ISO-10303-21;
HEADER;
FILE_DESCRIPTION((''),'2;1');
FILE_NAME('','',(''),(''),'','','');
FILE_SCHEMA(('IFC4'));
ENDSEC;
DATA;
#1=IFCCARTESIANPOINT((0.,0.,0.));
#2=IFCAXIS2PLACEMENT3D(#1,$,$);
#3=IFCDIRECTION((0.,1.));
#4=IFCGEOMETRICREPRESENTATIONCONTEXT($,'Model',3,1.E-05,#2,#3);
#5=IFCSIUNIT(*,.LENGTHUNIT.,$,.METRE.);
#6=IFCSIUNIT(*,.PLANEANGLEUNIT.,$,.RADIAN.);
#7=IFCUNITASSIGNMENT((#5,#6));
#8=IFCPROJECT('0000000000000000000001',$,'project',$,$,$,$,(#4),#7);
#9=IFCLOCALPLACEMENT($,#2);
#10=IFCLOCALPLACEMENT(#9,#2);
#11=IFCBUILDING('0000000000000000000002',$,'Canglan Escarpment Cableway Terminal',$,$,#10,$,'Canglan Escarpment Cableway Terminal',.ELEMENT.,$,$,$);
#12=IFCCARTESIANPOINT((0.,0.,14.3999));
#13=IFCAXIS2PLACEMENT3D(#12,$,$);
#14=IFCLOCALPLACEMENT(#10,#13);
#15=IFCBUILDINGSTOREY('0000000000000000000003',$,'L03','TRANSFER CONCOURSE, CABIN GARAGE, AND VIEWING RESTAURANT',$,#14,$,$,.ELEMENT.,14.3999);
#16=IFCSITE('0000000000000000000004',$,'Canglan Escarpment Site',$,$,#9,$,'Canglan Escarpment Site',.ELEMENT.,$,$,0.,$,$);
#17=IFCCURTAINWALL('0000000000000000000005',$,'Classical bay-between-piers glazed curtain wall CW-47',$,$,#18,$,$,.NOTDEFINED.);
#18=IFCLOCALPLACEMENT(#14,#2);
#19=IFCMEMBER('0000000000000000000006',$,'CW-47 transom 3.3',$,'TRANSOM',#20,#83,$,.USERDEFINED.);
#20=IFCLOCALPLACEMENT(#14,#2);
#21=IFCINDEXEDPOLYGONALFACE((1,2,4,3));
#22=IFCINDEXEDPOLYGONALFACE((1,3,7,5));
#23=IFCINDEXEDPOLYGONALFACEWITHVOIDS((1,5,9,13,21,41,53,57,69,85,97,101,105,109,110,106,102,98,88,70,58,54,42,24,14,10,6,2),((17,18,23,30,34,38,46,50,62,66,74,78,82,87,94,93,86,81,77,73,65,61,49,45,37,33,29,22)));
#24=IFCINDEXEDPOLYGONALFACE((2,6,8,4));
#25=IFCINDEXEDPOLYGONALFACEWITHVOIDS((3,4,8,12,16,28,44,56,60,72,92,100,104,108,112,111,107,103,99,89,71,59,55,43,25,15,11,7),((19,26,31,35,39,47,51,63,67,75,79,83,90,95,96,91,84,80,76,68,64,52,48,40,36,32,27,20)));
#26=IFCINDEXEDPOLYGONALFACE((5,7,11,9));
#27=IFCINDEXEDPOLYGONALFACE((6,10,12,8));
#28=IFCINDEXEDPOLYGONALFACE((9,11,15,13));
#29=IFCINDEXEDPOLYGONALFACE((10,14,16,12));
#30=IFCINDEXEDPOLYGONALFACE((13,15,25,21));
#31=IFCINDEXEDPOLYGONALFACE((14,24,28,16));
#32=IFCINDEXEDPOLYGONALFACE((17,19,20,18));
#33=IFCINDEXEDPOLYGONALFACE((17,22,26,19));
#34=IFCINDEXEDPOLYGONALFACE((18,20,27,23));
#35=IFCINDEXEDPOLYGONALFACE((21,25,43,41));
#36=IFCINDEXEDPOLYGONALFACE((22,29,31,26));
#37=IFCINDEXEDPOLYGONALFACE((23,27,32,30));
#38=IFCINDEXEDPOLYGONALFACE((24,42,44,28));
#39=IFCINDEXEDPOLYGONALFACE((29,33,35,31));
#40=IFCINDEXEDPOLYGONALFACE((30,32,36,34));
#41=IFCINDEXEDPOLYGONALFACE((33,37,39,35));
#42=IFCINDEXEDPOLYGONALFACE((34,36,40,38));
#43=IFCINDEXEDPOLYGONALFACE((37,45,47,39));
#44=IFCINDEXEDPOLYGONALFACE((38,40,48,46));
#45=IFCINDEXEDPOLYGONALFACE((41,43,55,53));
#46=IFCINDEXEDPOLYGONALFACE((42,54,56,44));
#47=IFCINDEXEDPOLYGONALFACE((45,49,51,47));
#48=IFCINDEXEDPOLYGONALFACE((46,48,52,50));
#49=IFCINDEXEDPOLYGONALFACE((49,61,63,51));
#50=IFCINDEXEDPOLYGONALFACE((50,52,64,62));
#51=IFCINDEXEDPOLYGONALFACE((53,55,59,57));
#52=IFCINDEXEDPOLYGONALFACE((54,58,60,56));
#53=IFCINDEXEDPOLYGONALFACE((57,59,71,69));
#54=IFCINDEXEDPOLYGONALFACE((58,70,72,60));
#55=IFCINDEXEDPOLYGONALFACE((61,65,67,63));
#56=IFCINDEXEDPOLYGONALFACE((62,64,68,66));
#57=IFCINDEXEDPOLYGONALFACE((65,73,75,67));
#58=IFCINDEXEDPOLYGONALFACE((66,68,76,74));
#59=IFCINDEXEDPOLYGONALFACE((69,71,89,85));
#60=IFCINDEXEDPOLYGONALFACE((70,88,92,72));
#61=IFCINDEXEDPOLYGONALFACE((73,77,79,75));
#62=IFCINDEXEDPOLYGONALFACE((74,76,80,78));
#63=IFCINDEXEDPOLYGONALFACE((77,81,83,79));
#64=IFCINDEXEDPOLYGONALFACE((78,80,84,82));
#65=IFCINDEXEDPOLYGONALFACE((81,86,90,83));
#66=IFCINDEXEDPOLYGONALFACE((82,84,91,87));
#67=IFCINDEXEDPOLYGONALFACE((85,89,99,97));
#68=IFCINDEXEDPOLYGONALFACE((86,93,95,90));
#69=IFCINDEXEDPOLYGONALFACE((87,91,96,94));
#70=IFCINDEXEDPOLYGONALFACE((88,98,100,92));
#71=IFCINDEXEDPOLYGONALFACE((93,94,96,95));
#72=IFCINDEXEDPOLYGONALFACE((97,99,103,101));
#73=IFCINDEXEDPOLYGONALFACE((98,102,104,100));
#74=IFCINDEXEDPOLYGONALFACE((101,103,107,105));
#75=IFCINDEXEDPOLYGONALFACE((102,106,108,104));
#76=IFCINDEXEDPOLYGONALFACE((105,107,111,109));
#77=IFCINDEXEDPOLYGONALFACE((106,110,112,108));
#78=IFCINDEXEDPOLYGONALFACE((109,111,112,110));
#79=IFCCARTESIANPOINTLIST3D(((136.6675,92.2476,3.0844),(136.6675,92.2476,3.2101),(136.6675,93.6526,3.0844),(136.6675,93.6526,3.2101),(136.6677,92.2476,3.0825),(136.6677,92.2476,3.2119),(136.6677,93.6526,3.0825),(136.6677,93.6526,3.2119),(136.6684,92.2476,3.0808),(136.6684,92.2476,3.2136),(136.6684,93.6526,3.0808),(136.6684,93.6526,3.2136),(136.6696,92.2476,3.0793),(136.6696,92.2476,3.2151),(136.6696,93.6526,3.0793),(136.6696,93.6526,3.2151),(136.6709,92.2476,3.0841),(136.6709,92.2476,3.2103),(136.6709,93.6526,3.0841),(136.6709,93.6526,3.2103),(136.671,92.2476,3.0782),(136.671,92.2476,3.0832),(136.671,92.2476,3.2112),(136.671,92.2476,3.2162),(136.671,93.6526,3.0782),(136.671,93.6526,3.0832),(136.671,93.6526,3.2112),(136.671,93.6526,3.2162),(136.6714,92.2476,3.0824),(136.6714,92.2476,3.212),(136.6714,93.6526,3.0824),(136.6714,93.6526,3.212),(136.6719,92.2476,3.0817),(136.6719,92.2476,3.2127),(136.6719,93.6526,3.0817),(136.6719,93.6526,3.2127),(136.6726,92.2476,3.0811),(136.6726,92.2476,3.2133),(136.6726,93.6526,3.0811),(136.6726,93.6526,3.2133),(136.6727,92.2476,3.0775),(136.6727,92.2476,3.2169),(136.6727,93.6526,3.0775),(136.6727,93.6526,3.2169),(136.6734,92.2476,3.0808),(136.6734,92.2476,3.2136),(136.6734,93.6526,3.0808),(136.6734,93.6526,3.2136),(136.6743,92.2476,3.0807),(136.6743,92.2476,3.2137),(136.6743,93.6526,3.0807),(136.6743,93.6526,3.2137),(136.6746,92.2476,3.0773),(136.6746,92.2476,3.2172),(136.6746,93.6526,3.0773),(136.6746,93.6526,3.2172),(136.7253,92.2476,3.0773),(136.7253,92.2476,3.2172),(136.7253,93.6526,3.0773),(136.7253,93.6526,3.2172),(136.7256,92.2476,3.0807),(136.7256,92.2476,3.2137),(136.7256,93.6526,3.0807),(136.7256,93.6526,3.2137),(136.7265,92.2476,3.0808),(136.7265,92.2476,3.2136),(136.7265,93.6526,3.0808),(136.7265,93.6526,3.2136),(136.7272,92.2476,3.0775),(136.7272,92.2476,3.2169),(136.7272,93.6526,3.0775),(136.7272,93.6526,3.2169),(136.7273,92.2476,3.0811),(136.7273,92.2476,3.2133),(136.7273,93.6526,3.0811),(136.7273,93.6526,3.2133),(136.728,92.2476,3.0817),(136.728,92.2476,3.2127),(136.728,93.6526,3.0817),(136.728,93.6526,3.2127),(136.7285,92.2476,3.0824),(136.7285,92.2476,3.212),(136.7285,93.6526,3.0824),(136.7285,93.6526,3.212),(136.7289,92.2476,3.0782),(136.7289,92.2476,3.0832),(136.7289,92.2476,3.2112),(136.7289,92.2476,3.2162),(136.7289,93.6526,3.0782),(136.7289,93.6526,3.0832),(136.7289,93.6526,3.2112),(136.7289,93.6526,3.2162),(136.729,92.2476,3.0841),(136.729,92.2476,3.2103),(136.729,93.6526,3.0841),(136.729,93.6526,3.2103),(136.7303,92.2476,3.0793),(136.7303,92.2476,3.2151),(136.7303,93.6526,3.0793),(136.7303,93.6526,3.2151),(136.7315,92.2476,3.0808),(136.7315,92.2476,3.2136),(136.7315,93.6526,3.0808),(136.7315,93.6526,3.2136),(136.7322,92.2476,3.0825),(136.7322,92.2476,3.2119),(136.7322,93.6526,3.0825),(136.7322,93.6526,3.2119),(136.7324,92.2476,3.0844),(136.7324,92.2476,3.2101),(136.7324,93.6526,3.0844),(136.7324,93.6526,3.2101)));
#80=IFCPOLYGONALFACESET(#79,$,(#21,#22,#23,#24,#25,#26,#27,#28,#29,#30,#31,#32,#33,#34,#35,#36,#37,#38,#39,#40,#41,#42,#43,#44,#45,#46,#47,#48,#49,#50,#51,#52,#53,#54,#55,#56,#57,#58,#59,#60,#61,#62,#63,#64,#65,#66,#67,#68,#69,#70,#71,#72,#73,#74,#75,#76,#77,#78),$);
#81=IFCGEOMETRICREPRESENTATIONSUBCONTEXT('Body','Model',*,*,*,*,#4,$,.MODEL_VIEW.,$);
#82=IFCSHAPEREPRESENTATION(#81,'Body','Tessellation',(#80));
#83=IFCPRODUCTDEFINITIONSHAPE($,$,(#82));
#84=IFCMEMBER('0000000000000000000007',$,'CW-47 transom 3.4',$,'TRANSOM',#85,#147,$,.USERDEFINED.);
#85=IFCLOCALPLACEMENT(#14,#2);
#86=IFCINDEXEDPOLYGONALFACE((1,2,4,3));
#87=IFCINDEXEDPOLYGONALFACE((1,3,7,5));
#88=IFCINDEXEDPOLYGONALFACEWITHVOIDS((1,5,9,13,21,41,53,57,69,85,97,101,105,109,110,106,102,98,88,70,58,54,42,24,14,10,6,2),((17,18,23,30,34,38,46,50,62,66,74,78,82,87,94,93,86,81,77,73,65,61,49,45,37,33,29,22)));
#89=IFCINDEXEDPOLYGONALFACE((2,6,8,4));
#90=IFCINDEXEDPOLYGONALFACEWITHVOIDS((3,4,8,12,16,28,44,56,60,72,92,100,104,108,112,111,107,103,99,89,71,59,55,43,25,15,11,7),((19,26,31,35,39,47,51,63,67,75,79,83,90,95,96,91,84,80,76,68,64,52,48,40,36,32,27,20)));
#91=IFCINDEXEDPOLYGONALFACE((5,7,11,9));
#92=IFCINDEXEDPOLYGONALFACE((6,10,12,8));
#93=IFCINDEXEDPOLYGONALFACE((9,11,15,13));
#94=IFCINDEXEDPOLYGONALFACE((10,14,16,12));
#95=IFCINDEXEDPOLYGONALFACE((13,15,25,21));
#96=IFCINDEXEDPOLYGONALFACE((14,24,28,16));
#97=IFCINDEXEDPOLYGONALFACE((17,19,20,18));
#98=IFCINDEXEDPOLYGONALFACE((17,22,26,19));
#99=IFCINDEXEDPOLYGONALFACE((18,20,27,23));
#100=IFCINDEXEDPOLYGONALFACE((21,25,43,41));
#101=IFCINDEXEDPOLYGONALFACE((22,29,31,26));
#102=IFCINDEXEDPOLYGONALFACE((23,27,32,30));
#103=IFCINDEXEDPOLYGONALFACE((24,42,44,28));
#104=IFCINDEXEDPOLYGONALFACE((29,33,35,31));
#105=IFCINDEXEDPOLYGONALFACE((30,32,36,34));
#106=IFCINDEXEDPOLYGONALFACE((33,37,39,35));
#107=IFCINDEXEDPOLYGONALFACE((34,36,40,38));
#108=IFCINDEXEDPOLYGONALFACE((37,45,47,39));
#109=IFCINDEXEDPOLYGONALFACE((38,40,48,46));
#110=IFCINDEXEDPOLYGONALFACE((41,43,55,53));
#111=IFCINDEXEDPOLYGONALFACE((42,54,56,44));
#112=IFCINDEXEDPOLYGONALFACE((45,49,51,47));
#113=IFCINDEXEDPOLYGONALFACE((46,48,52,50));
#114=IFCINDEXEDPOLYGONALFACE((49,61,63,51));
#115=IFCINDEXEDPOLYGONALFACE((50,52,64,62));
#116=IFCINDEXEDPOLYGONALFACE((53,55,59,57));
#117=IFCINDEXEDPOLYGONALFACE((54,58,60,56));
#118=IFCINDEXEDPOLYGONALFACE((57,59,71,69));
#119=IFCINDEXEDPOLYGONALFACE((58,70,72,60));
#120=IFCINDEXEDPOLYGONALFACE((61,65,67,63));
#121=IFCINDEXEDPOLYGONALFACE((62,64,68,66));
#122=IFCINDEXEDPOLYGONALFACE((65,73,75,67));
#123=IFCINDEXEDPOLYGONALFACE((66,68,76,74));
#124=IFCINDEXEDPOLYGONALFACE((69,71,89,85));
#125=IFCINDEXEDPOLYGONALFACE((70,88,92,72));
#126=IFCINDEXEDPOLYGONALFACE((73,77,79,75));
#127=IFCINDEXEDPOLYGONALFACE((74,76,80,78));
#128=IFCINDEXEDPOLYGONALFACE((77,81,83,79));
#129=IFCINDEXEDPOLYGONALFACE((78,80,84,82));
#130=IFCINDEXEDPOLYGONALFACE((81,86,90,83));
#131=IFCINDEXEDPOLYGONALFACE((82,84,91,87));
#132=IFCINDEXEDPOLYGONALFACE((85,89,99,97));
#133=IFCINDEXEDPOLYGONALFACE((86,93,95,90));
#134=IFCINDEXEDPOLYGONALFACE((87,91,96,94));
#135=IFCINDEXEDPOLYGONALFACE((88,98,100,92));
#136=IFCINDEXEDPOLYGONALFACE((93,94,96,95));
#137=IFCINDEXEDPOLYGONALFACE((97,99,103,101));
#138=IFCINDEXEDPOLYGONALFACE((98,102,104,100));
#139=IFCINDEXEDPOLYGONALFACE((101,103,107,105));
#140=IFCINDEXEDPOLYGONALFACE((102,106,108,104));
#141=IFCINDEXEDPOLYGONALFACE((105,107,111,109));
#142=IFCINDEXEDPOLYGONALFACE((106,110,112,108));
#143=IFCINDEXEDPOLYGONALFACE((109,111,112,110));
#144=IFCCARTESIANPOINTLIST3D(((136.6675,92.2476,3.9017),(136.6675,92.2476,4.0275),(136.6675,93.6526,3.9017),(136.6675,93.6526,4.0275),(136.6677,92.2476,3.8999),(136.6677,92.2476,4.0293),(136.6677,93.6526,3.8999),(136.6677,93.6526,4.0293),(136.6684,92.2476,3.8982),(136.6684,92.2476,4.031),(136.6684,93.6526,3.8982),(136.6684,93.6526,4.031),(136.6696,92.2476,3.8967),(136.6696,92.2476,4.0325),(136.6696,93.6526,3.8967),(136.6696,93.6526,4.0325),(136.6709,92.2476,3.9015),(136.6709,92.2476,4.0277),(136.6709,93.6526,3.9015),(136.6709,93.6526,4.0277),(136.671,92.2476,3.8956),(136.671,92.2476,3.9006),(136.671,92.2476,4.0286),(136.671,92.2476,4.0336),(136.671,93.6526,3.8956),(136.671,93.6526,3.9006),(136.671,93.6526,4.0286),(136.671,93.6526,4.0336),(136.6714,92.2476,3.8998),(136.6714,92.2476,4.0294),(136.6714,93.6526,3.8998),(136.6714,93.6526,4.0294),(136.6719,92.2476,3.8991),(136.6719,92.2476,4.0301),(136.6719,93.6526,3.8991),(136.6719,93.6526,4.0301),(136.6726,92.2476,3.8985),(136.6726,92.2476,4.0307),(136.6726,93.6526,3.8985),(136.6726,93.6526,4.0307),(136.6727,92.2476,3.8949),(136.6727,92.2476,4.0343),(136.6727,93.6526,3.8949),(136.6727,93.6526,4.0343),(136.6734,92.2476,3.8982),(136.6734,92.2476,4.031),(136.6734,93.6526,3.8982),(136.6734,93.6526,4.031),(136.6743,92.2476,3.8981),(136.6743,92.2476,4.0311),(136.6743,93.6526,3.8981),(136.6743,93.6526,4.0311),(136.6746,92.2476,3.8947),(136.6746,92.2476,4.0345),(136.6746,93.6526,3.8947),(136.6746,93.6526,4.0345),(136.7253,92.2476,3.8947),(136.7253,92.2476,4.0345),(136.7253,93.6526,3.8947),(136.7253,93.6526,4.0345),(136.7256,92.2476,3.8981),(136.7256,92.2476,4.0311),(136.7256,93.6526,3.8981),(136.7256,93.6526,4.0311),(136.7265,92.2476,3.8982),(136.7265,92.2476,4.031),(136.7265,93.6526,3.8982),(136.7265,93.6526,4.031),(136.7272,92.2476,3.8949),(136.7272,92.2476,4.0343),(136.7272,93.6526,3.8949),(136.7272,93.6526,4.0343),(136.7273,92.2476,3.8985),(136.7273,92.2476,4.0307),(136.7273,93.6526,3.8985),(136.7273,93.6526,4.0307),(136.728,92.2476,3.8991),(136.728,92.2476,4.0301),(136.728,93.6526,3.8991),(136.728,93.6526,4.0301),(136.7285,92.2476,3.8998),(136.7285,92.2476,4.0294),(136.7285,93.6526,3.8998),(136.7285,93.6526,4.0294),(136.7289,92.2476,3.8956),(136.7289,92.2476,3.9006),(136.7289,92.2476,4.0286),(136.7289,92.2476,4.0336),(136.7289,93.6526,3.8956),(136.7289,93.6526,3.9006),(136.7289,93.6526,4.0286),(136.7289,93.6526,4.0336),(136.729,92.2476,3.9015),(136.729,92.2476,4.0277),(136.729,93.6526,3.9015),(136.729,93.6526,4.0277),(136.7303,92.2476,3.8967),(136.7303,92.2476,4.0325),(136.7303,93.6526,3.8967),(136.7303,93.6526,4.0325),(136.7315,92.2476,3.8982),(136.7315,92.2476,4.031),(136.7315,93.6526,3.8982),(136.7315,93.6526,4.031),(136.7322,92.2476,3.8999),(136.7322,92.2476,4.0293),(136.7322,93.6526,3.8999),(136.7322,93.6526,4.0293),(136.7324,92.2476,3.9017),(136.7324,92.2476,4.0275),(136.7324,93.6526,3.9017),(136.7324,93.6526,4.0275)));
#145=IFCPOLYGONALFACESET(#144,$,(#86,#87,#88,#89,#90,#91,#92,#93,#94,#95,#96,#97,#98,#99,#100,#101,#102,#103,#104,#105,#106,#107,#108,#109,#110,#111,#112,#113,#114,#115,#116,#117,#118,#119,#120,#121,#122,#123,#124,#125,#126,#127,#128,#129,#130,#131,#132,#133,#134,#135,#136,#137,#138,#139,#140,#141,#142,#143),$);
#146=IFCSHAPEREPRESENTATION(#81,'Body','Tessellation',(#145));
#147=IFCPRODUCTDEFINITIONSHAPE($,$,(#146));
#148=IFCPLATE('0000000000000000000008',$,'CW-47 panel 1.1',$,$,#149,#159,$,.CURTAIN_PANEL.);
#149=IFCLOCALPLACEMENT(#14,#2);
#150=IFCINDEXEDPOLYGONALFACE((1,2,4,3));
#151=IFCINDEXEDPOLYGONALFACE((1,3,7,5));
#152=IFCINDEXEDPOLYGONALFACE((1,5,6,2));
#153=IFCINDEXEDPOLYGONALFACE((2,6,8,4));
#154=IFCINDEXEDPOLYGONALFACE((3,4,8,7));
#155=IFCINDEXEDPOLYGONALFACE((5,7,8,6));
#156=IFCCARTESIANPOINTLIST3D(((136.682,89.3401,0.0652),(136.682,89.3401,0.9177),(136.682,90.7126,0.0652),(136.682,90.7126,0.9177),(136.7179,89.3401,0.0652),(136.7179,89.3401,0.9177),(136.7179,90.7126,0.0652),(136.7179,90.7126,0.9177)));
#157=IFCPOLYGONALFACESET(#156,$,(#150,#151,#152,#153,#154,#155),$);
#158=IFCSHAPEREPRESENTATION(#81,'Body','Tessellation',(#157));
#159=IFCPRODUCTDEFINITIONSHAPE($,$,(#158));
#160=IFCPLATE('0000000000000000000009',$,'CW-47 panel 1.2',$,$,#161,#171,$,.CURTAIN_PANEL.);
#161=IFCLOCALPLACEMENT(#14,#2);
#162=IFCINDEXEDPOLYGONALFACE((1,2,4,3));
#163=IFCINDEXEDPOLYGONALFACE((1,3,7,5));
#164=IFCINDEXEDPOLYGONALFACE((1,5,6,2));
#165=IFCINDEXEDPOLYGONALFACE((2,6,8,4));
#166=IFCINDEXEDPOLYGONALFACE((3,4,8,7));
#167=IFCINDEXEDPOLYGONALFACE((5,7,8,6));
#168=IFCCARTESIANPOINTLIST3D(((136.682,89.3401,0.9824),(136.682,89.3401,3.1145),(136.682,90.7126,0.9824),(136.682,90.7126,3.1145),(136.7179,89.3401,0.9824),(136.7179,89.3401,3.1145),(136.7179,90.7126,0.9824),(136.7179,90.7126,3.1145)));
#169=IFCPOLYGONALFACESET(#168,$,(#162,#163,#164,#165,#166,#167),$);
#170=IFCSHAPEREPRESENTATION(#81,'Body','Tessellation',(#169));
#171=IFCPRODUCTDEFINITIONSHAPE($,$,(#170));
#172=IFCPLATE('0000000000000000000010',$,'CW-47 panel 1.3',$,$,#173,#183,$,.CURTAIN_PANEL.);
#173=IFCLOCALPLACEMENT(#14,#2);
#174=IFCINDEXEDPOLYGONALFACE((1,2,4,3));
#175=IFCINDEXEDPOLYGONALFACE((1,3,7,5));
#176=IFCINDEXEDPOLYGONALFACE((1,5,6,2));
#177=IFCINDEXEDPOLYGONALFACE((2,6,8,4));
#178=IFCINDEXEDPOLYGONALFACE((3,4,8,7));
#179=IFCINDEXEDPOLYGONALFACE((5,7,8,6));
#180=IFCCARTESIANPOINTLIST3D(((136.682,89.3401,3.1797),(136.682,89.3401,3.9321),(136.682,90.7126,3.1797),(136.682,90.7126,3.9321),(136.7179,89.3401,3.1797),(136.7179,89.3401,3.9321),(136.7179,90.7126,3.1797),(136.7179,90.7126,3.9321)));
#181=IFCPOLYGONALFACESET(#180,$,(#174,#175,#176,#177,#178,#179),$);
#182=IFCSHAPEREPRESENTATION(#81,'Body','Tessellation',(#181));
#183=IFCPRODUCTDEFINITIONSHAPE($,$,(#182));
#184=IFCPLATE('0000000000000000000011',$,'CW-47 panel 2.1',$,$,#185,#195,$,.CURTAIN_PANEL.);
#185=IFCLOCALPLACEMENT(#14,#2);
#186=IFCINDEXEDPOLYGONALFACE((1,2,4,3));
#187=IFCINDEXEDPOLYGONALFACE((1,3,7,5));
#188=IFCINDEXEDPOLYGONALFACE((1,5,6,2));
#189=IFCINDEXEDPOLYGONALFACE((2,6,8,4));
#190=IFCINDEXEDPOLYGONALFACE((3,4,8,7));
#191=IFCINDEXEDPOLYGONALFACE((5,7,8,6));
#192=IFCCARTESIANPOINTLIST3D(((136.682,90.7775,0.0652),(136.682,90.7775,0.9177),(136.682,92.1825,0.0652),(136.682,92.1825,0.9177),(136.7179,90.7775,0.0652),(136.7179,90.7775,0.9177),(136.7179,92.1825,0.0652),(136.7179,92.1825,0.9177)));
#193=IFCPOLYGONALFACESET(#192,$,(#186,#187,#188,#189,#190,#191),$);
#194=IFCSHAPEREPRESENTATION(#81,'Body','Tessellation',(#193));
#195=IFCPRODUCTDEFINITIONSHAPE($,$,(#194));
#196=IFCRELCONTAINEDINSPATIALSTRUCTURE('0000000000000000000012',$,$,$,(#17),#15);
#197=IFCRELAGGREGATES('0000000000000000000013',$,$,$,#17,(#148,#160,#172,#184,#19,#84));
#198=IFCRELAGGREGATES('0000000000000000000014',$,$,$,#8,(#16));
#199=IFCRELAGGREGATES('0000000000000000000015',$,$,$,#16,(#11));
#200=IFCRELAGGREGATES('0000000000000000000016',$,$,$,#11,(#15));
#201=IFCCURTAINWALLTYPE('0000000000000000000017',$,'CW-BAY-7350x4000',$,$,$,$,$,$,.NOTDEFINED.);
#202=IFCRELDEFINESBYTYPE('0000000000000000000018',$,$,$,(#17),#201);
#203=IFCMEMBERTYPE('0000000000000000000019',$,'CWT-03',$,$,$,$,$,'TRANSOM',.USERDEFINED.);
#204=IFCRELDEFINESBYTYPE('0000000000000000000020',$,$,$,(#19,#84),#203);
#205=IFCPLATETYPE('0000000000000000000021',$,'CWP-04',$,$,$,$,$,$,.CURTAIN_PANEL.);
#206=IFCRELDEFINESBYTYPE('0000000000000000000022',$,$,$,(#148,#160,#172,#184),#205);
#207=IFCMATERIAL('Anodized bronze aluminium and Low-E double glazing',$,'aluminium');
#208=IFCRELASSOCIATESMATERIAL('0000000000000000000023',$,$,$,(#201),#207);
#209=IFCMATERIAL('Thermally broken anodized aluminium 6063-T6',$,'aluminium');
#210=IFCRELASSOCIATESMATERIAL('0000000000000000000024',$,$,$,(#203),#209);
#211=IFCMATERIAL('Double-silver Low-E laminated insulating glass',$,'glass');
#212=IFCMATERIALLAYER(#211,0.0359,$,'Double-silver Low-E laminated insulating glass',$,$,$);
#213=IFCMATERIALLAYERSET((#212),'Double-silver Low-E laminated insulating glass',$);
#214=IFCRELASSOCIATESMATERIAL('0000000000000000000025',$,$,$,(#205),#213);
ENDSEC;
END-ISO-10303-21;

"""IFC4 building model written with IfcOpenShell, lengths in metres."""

from ifc_helpers import new_model, si_unit, direction, frame, origin, origin_2d, place, context, subcontext, project, spatial, rectangle, hollow_rectangle, extrude, material, layer, layer_set, material_profile, profile_set, type_object, element, aggregate, save


model = new_model("IFC4")

# Units and contexts
model_context = context("Model", 3, precision=1e-05, world=origin(), true_north=direction((0.0, 1.0)))
body_context = subcontext(model_context, "Body", "Model", "MODEL_VIEW")
ifc_project = project(units=[si_unit("LENGTHUNIT", "METRE"), si_unit("PLANEANGLEUNIT", "RADIAN")], contexts=[model_context])

# Site, building, storey
site_placement = place(None, origin())
site = spatial("IfcSite", under=ifc_project, at=site_placement, Name="Canglan Escarpment Site", LongName="Canglan Escarpment Site", CompositionType="ELEMENT", RefElevation=0.0)
building_placement = place(site_placement, origin())
building = spatial("IfcBuilding", under=site, at=building_placement, Name="Canglan Escarpment Cableway Terminal", LongName="Canglan Escarpment Cableway Terminal", CompositionType="ELEMENT")
storey_placement = place(building_placement, frame((0.0, 0.0, 14.3999)))
storey = spatial("IfcBuildingStorey", under=building, at=storey_placement, Name="L03", Description="TRANSFER CONCOURSE, CABIN GARAGE, AND VIEWING RESTAURANT", CompositionType="ELEMENT", Elevation=14.3999)

# Curtain wall, members, plates
ifc_material_1 = material(Name="Anodized bronze aluminium and Low-E double glazing", Category="aluminium")
curtain_wall_type = type_object("IfcCurtainWallType", Name="CW-BAY-7350x4000", PredefinedType="NOTDEFINED", material=ifc_material_1)
curtain_wall_placement = place(storey_placement, origin())
curtain_wall = element("IfcCurtainWall", 1, at=curtain_wall_placement, inside=storey, type_object=curtain_wall_type, Name="Classical bay-between-piers glazed curtain wall CW-47", PredefinedType="NOTDEFINED")
ifc_material_2 = material(Name="Thermally broken anodized aluminium 6063-T6", Category="aluminium")
ifc_material_profile_1 = material_profile(ifc_material_2, hollow_rectangle(XDim=0.0649, YDim=0.1399, WallThickness=0.0034, InnerFilletRadius=0.0034, OuterFilletRadius=0.0071, at=origin_2d()), Name="ALU-TRAN 65x140x3.5")
ifc_profile_set_1 = profile_set([ifc_material_profile_1], Name="Thermally broken anodized aluminium 6063-T6")
member_type_1 = type_object("IfcMemberType", Name="CWT-03", ElementType="TRANSOM", PredefinedType="USERDEFINED", material=ifc_profile_set_1)
member_1_placement = place(storey_placement, frame((136.7, 92.2476, 3.1472), z_axis=(0.0, 1.0, 0.0), x_axis=(-1.0, 0.0, 0.0)))
member_1 = element("IfcMember", 2, at=member_1_placement, type_object=member_type_1, Name="CW-47 transom 3.3", ObjectType="TRANSOM", PredefinedType="USERDEFINED", context=body_context, shape_type="SweptSolid", body=[
    extrude(hollow_rectangle(XDim=0.0649, YDim=0.1399, WallThickness=0.0034, InnerFilletRadius=0.0034, OuterFilletRadius=0.0071, at=origin_2d()), origin(), (0.0, 0.0, 1.0), 1.405),
])
member_2_placement = place(storey_placement, frame((136.7, 92.2476, 3.9646), z_axis=(0.0, 1.0, 0.0), x_axis=(-1.0, 0.0, 0.0)))
member_2 = element("IfcMember", 3, at=member_2_placement, type_object=member_type_1, Name="CW-47 transom 3.4", ObjectType="TRANSOM", PredefinedType="USERDEFINED", context=body_context, shape_type="SweptSolid", body=[
    extrude(hollow_rectangle(XDim=0.0649, YDim=0.1399, WallThickness=0.0034, InnerFilletRadius=0.0034, OuterFilletRadius=0.0071, at=origin_2d()), origin(), (0.0, 0.0, 1.0), 1.405),
])
ifc_material_3 = material(Name="Double-silver Low-E laminated insulating glass", Category="glass")
ifc_layer_1 = layer(ifc_material_3, 0.0359, Name="Double-silver Low-E laminated insulating glass")
ifc_layer_set_1 = layer_set([ifc_layer_1], Name="Double-silver Low-E laminated insulating glass")
plate_type = type_object("IfcPlateType", Name="CWP-04", PredefinedType="CURTAIN_PANEL", material=ifc_layer_set_1)
plate_1_placement = place(storey_placement, frame((136.7, 90.0264, 0.0652), z_axis=(0.0, 0.0, 1.0), x_axis=(0.0, 1.0, 0.0)))
plate_1 = element("IfcPlate", 4, at=plate_1_placement, type_object=plate_type, Name="CW-47 panel 1.1", PredefinedType="CURTAIN_PANEL", context=body_context, shape_type="SweptSolid", body=[
    extrude(rectangle(XDim=1.3726, YDim=0.0359, at=origin_2d()), origin(), (0.0, 0.0, 1.0), 0.8525),
])
plate_2_placement = place(storey_placement, frame((136.7, 90.0264, 0.9824), z_axis=(0.0, 0.0, 1.0), x_axis=(0.0, 1.0, 0.0)))
plate_2 = element("IfcPlate", 5, at=plate_2_placement, type_object=plate_type, Name="CW-47 panel 1.2", PredefinedType="CURTAIN_PANEL", context=body_context, shape_type="SweptSolid", body=[
    extrude(rectangle(XDim=1.3726, YDim=0.0359, at=origin_2d()), origin(), (0.0, 0.0, 1.0), 2.1321),
])
plate_3_placement = place(storey_placement, frame((136.7, 90.0264, 3.1797), z_axis=(0.0, 0.0, 1.0), x_axis=(0.0, 1.0, 0.0)))
plate_3 = element("IfcPlate", 6, at=plate_3_placement, type_object=plate_type, Name="CW-47 panel 1.3", PredefinedType="CURTAIN_PANEL", context=body_context, shape_type="SweptSolid", body=[
    extrude(rectangle(XDim=1.3726, YDim=0.0359, at=origin_2d()), origin(), (0.0, 0.0, 1.0), 0.7524),
])
plate_4_placement = place(storey_placement, frame((136.7, 91.48, 0.0652), z_axis=(0.0, 0.0, 1.0), x_axis=(0.0, 1.0, 0.0)))
plate_4 = element("IfcPlate", 7, at=plate_4_placement, type_object=plate_type, Name="CW-47 panel 2.1", PredefinedType="CURTAIN_PANEL", context=body_context, shape_type="SweptSolid", body=[
    extrude(rectangle(XDim=1.405, YDim=0.0359, at=origin_2d()), origin(), (0.0, 0.0, 1.0), 0.8525),
])
aggregate(curtain_wall, [plate_1, plate_2, plate_3, plate_4, member_1, member_2])

save(model, "model.ifc")
